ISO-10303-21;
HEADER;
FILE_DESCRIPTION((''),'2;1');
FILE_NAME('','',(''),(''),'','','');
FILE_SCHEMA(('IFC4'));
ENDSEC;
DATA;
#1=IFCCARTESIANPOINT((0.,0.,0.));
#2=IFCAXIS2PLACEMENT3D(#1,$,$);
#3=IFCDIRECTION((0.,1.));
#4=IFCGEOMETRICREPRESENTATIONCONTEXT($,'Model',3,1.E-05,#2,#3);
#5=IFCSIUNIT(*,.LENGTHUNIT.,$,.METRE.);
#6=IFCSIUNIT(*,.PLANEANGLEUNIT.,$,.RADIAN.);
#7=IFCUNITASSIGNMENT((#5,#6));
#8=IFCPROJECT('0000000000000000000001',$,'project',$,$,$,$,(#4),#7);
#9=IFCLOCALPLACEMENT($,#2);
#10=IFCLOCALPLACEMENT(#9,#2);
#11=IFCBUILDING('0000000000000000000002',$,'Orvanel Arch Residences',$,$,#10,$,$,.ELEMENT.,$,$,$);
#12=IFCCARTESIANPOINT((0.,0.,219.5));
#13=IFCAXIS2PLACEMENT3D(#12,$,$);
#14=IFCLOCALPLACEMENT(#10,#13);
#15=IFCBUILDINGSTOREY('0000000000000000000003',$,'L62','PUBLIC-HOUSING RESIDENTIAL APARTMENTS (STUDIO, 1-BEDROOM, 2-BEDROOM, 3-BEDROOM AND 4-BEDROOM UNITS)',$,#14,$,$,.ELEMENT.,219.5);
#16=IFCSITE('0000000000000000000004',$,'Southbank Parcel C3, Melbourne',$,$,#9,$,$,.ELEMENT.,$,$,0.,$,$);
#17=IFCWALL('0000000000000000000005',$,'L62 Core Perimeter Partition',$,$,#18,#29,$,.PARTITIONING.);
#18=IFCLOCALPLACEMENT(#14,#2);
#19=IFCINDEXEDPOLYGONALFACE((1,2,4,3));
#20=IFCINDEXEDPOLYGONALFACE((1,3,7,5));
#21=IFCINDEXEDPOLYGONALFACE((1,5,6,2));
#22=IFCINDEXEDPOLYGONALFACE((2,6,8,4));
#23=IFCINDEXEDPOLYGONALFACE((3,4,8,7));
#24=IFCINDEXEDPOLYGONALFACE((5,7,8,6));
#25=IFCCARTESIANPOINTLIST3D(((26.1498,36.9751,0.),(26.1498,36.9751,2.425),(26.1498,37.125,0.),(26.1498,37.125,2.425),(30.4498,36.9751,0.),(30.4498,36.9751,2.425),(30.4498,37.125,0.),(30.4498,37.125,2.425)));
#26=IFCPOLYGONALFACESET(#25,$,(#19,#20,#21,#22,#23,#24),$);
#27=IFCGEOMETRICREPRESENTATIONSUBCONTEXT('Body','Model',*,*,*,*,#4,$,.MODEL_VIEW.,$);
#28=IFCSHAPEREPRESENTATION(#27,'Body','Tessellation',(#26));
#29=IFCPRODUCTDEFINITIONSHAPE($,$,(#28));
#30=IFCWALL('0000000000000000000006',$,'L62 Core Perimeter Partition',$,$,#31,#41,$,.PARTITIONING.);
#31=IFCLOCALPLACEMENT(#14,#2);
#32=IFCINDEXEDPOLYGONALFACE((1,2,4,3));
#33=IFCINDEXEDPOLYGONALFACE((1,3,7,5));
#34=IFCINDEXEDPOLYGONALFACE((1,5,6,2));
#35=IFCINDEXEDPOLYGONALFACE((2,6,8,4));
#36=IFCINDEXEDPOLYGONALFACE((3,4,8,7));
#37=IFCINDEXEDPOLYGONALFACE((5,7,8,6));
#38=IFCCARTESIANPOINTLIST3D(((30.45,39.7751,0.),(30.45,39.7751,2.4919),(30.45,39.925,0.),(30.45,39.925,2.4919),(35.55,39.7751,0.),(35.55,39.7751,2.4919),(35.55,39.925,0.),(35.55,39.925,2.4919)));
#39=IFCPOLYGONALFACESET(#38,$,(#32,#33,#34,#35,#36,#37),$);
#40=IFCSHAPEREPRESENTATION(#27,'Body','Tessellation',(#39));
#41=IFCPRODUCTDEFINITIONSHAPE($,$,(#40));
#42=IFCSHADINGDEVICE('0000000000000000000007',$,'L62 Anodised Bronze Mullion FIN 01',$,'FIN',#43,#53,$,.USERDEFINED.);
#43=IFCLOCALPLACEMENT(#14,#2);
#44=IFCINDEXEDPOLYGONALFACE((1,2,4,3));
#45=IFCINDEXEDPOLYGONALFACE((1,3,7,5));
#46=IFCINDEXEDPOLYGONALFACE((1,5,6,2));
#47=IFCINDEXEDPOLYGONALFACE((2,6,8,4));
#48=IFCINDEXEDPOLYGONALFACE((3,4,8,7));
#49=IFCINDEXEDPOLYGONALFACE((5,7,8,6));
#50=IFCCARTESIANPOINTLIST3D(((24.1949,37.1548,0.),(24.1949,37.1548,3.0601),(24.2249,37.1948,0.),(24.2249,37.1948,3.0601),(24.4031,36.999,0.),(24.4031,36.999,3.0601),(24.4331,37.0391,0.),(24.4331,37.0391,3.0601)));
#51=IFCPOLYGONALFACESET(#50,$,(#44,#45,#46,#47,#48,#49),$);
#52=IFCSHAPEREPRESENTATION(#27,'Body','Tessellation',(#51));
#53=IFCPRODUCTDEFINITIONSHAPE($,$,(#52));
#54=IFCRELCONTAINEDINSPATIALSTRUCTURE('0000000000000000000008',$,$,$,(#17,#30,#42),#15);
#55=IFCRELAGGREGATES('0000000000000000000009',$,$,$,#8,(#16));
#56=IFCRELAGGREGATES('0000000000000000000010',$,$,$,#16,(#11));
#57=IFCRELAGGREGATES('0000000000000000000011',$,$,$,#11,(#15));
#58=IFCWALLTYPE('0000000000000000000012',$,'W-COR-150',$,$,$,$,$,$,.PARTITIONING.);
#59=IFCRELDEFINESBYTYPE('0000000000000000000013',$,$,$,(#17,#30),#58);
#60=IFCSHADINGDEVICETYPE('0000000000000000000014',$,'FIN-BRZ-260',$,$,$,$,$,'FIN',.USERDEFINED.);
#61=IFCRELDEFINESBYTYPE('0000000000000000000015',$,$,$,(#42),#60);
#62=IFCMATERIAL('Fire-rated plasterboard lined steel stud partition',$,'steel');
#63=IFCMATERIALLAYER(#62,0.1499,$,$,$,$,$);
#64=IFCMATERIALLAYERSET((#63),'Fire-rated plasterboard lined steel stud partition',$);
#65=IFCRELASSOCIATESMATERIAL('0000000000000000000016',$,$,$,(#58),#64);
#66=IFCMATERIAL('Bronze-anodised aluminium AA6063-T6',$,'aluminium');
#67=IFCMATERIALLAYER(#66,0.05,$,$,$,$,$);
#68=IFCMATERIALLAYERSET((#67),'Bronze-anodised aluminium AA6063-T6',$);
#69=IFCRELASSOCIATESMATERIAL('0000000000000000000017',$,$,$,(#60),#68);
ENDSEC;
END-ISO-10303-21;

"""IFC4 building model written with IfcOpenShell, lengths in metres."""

from ifc_helpers import new_model, si_unit, direction, frame, frame_2d, origin, origin_2d, place, context, subcontext, project, spatial, rectangle, extrude, material, layer, layer_set, type_object, element, save


model = new_model("IFC4")

# Units and contexts
model_context = context("Model", 3, precision=1e-05, world=origin(), true_north=direction((0.0, 1.0)))
body_context = subcontext(model_context, "Body", "Model", "MODEL_VIEW")
ifc_project = project(units=[si_unit("LENGTHUNIT", "METRE"), si_unit("PLANEANGLEUNIT", "RADIAN")], contexts=[model_context])

# Site, building, storey
site_placement = place(None, origin())
site = spatial("IfcSite", under=ifc_project, at=site_placement, Name="Southbank Parcel C3, Melbourne", CompositionType="ELEMENT", RefElevation=0.0)
building_placement = place(site_placement, origin())
building = spatial("IfcBuilding", under=site, at=building_placement, Name="Orvanel Arch Residences", CompositionType="ELEMENT")
storey_placement = place(building_placement, frame((0.0, 0.0, 219.5)))
storey = spatial("IfcBuildingStorey", under=building, at=storey_placement, Name="L62", Description="PUBLIC-HOUSING RESIDENTIAL APARTMENTS (STUDIO, 1-BEDROOM, 2-BEDROOM, 3-BEDROOM AND 4-BEDROOM UNITS)", CompositionType="ELEMENT", Elevation=219.5)

# Shared definitions
ifc_material_1 = material(Name="Bronze-anodised aluminium AA6063-T6", Category="aluminium")

# Walls
ifc_material_2 = material(Name="Fire-rated plasterboard lined steel stud partition", Category="steel")
ifc_layer_1 = layer(ifc_material_2, 0.1499)
ifc_layer_set_1 = layer_set([ifc_layer_1], Name="Fire-rated plasterboard lined steel stud partition")
wall_type_1 = type_object("IfcWallType", Name="W-COR-150", PredefinedType="PARTITIONING", material=ifc_layer_set_1)
wall_1_placement = place(storey_placement, frame((26.1499, 37.05, 0.0), z_axis=(0.0, 0.0, 1.0), x_axis=(1.0, 0.0, 0.0)))
element("IfcWall", 1, at=wall_1_placement, inside=storey, type_object=wall_type_1, Name="L62 Core Perimeter Partition", PredefinedType="PARTITIONING", context=body_context, shape_type="SweptSolid", body=[
    extrude(rectangle(XDim=4.3, YDim=0.1499, at=frame_2d((2.1499, 0.0))), origin(), (0.0, 0.0, 1.0), 2.425),
])
wall_2_placement = place(storey_placement, frame((30.45, 39.8501, 0.0), z_axis=(0.0, 0.0, 1.0), x_axis=(1.0, 0.0, 0.0)))
element("IfcWall", 2, at=wall_2_placement, inside=storey, type_object=wall_type_1, Name="L62 Core Perimeter Partition", PredefinedType="PARTITIONING", context=body_context, shape_type="SweptSolid", body=[
    extrude(rectangle(XDim=5.1001, YDim=0.1499, at=frame_2d((2.55, 0.0))), origin(), (0.0, 0.0, 1.0), 2.4919),
])

# Shading device
ifc_layer_2 = layer(ifc_material_1, 0.05)
ifc_layer_set_2 = layer_set([ifc_layer_2], Name="Bronze-anodised aluminium AA6063-T6")
shading_device_type = type_object("IfcShadingDeviceType", Name="FIN-BRZ-260", ElementType="FIN", PredefinedType="USERDEFINED", material=ifc_layer_set_2)
shading_device_placement = place(storey_placement, frame((24.314, 37.0969, 0.0), z_axis=(0.0, 0.0, 1.0), x_axis=(-0.800731, 0.599024, 0.0)))
element("IfcShadingDevice", 3, at=shading_device_placement, inside=storey, type_object=shading_device_type, Name="L62 Anodised Bronze Mullion FIN 01", ObjectType="FIN", PredefinedType="USERDEFINED", context=body_context, shape_type="SweptSolid", body=[
    extrude(rectangle(XDim=0.26, YDim=0.05, at=origin_2d()), origin(), (0.0, 0.0, 1.0), 3.0601),
])

save(model, "model.ifc")
